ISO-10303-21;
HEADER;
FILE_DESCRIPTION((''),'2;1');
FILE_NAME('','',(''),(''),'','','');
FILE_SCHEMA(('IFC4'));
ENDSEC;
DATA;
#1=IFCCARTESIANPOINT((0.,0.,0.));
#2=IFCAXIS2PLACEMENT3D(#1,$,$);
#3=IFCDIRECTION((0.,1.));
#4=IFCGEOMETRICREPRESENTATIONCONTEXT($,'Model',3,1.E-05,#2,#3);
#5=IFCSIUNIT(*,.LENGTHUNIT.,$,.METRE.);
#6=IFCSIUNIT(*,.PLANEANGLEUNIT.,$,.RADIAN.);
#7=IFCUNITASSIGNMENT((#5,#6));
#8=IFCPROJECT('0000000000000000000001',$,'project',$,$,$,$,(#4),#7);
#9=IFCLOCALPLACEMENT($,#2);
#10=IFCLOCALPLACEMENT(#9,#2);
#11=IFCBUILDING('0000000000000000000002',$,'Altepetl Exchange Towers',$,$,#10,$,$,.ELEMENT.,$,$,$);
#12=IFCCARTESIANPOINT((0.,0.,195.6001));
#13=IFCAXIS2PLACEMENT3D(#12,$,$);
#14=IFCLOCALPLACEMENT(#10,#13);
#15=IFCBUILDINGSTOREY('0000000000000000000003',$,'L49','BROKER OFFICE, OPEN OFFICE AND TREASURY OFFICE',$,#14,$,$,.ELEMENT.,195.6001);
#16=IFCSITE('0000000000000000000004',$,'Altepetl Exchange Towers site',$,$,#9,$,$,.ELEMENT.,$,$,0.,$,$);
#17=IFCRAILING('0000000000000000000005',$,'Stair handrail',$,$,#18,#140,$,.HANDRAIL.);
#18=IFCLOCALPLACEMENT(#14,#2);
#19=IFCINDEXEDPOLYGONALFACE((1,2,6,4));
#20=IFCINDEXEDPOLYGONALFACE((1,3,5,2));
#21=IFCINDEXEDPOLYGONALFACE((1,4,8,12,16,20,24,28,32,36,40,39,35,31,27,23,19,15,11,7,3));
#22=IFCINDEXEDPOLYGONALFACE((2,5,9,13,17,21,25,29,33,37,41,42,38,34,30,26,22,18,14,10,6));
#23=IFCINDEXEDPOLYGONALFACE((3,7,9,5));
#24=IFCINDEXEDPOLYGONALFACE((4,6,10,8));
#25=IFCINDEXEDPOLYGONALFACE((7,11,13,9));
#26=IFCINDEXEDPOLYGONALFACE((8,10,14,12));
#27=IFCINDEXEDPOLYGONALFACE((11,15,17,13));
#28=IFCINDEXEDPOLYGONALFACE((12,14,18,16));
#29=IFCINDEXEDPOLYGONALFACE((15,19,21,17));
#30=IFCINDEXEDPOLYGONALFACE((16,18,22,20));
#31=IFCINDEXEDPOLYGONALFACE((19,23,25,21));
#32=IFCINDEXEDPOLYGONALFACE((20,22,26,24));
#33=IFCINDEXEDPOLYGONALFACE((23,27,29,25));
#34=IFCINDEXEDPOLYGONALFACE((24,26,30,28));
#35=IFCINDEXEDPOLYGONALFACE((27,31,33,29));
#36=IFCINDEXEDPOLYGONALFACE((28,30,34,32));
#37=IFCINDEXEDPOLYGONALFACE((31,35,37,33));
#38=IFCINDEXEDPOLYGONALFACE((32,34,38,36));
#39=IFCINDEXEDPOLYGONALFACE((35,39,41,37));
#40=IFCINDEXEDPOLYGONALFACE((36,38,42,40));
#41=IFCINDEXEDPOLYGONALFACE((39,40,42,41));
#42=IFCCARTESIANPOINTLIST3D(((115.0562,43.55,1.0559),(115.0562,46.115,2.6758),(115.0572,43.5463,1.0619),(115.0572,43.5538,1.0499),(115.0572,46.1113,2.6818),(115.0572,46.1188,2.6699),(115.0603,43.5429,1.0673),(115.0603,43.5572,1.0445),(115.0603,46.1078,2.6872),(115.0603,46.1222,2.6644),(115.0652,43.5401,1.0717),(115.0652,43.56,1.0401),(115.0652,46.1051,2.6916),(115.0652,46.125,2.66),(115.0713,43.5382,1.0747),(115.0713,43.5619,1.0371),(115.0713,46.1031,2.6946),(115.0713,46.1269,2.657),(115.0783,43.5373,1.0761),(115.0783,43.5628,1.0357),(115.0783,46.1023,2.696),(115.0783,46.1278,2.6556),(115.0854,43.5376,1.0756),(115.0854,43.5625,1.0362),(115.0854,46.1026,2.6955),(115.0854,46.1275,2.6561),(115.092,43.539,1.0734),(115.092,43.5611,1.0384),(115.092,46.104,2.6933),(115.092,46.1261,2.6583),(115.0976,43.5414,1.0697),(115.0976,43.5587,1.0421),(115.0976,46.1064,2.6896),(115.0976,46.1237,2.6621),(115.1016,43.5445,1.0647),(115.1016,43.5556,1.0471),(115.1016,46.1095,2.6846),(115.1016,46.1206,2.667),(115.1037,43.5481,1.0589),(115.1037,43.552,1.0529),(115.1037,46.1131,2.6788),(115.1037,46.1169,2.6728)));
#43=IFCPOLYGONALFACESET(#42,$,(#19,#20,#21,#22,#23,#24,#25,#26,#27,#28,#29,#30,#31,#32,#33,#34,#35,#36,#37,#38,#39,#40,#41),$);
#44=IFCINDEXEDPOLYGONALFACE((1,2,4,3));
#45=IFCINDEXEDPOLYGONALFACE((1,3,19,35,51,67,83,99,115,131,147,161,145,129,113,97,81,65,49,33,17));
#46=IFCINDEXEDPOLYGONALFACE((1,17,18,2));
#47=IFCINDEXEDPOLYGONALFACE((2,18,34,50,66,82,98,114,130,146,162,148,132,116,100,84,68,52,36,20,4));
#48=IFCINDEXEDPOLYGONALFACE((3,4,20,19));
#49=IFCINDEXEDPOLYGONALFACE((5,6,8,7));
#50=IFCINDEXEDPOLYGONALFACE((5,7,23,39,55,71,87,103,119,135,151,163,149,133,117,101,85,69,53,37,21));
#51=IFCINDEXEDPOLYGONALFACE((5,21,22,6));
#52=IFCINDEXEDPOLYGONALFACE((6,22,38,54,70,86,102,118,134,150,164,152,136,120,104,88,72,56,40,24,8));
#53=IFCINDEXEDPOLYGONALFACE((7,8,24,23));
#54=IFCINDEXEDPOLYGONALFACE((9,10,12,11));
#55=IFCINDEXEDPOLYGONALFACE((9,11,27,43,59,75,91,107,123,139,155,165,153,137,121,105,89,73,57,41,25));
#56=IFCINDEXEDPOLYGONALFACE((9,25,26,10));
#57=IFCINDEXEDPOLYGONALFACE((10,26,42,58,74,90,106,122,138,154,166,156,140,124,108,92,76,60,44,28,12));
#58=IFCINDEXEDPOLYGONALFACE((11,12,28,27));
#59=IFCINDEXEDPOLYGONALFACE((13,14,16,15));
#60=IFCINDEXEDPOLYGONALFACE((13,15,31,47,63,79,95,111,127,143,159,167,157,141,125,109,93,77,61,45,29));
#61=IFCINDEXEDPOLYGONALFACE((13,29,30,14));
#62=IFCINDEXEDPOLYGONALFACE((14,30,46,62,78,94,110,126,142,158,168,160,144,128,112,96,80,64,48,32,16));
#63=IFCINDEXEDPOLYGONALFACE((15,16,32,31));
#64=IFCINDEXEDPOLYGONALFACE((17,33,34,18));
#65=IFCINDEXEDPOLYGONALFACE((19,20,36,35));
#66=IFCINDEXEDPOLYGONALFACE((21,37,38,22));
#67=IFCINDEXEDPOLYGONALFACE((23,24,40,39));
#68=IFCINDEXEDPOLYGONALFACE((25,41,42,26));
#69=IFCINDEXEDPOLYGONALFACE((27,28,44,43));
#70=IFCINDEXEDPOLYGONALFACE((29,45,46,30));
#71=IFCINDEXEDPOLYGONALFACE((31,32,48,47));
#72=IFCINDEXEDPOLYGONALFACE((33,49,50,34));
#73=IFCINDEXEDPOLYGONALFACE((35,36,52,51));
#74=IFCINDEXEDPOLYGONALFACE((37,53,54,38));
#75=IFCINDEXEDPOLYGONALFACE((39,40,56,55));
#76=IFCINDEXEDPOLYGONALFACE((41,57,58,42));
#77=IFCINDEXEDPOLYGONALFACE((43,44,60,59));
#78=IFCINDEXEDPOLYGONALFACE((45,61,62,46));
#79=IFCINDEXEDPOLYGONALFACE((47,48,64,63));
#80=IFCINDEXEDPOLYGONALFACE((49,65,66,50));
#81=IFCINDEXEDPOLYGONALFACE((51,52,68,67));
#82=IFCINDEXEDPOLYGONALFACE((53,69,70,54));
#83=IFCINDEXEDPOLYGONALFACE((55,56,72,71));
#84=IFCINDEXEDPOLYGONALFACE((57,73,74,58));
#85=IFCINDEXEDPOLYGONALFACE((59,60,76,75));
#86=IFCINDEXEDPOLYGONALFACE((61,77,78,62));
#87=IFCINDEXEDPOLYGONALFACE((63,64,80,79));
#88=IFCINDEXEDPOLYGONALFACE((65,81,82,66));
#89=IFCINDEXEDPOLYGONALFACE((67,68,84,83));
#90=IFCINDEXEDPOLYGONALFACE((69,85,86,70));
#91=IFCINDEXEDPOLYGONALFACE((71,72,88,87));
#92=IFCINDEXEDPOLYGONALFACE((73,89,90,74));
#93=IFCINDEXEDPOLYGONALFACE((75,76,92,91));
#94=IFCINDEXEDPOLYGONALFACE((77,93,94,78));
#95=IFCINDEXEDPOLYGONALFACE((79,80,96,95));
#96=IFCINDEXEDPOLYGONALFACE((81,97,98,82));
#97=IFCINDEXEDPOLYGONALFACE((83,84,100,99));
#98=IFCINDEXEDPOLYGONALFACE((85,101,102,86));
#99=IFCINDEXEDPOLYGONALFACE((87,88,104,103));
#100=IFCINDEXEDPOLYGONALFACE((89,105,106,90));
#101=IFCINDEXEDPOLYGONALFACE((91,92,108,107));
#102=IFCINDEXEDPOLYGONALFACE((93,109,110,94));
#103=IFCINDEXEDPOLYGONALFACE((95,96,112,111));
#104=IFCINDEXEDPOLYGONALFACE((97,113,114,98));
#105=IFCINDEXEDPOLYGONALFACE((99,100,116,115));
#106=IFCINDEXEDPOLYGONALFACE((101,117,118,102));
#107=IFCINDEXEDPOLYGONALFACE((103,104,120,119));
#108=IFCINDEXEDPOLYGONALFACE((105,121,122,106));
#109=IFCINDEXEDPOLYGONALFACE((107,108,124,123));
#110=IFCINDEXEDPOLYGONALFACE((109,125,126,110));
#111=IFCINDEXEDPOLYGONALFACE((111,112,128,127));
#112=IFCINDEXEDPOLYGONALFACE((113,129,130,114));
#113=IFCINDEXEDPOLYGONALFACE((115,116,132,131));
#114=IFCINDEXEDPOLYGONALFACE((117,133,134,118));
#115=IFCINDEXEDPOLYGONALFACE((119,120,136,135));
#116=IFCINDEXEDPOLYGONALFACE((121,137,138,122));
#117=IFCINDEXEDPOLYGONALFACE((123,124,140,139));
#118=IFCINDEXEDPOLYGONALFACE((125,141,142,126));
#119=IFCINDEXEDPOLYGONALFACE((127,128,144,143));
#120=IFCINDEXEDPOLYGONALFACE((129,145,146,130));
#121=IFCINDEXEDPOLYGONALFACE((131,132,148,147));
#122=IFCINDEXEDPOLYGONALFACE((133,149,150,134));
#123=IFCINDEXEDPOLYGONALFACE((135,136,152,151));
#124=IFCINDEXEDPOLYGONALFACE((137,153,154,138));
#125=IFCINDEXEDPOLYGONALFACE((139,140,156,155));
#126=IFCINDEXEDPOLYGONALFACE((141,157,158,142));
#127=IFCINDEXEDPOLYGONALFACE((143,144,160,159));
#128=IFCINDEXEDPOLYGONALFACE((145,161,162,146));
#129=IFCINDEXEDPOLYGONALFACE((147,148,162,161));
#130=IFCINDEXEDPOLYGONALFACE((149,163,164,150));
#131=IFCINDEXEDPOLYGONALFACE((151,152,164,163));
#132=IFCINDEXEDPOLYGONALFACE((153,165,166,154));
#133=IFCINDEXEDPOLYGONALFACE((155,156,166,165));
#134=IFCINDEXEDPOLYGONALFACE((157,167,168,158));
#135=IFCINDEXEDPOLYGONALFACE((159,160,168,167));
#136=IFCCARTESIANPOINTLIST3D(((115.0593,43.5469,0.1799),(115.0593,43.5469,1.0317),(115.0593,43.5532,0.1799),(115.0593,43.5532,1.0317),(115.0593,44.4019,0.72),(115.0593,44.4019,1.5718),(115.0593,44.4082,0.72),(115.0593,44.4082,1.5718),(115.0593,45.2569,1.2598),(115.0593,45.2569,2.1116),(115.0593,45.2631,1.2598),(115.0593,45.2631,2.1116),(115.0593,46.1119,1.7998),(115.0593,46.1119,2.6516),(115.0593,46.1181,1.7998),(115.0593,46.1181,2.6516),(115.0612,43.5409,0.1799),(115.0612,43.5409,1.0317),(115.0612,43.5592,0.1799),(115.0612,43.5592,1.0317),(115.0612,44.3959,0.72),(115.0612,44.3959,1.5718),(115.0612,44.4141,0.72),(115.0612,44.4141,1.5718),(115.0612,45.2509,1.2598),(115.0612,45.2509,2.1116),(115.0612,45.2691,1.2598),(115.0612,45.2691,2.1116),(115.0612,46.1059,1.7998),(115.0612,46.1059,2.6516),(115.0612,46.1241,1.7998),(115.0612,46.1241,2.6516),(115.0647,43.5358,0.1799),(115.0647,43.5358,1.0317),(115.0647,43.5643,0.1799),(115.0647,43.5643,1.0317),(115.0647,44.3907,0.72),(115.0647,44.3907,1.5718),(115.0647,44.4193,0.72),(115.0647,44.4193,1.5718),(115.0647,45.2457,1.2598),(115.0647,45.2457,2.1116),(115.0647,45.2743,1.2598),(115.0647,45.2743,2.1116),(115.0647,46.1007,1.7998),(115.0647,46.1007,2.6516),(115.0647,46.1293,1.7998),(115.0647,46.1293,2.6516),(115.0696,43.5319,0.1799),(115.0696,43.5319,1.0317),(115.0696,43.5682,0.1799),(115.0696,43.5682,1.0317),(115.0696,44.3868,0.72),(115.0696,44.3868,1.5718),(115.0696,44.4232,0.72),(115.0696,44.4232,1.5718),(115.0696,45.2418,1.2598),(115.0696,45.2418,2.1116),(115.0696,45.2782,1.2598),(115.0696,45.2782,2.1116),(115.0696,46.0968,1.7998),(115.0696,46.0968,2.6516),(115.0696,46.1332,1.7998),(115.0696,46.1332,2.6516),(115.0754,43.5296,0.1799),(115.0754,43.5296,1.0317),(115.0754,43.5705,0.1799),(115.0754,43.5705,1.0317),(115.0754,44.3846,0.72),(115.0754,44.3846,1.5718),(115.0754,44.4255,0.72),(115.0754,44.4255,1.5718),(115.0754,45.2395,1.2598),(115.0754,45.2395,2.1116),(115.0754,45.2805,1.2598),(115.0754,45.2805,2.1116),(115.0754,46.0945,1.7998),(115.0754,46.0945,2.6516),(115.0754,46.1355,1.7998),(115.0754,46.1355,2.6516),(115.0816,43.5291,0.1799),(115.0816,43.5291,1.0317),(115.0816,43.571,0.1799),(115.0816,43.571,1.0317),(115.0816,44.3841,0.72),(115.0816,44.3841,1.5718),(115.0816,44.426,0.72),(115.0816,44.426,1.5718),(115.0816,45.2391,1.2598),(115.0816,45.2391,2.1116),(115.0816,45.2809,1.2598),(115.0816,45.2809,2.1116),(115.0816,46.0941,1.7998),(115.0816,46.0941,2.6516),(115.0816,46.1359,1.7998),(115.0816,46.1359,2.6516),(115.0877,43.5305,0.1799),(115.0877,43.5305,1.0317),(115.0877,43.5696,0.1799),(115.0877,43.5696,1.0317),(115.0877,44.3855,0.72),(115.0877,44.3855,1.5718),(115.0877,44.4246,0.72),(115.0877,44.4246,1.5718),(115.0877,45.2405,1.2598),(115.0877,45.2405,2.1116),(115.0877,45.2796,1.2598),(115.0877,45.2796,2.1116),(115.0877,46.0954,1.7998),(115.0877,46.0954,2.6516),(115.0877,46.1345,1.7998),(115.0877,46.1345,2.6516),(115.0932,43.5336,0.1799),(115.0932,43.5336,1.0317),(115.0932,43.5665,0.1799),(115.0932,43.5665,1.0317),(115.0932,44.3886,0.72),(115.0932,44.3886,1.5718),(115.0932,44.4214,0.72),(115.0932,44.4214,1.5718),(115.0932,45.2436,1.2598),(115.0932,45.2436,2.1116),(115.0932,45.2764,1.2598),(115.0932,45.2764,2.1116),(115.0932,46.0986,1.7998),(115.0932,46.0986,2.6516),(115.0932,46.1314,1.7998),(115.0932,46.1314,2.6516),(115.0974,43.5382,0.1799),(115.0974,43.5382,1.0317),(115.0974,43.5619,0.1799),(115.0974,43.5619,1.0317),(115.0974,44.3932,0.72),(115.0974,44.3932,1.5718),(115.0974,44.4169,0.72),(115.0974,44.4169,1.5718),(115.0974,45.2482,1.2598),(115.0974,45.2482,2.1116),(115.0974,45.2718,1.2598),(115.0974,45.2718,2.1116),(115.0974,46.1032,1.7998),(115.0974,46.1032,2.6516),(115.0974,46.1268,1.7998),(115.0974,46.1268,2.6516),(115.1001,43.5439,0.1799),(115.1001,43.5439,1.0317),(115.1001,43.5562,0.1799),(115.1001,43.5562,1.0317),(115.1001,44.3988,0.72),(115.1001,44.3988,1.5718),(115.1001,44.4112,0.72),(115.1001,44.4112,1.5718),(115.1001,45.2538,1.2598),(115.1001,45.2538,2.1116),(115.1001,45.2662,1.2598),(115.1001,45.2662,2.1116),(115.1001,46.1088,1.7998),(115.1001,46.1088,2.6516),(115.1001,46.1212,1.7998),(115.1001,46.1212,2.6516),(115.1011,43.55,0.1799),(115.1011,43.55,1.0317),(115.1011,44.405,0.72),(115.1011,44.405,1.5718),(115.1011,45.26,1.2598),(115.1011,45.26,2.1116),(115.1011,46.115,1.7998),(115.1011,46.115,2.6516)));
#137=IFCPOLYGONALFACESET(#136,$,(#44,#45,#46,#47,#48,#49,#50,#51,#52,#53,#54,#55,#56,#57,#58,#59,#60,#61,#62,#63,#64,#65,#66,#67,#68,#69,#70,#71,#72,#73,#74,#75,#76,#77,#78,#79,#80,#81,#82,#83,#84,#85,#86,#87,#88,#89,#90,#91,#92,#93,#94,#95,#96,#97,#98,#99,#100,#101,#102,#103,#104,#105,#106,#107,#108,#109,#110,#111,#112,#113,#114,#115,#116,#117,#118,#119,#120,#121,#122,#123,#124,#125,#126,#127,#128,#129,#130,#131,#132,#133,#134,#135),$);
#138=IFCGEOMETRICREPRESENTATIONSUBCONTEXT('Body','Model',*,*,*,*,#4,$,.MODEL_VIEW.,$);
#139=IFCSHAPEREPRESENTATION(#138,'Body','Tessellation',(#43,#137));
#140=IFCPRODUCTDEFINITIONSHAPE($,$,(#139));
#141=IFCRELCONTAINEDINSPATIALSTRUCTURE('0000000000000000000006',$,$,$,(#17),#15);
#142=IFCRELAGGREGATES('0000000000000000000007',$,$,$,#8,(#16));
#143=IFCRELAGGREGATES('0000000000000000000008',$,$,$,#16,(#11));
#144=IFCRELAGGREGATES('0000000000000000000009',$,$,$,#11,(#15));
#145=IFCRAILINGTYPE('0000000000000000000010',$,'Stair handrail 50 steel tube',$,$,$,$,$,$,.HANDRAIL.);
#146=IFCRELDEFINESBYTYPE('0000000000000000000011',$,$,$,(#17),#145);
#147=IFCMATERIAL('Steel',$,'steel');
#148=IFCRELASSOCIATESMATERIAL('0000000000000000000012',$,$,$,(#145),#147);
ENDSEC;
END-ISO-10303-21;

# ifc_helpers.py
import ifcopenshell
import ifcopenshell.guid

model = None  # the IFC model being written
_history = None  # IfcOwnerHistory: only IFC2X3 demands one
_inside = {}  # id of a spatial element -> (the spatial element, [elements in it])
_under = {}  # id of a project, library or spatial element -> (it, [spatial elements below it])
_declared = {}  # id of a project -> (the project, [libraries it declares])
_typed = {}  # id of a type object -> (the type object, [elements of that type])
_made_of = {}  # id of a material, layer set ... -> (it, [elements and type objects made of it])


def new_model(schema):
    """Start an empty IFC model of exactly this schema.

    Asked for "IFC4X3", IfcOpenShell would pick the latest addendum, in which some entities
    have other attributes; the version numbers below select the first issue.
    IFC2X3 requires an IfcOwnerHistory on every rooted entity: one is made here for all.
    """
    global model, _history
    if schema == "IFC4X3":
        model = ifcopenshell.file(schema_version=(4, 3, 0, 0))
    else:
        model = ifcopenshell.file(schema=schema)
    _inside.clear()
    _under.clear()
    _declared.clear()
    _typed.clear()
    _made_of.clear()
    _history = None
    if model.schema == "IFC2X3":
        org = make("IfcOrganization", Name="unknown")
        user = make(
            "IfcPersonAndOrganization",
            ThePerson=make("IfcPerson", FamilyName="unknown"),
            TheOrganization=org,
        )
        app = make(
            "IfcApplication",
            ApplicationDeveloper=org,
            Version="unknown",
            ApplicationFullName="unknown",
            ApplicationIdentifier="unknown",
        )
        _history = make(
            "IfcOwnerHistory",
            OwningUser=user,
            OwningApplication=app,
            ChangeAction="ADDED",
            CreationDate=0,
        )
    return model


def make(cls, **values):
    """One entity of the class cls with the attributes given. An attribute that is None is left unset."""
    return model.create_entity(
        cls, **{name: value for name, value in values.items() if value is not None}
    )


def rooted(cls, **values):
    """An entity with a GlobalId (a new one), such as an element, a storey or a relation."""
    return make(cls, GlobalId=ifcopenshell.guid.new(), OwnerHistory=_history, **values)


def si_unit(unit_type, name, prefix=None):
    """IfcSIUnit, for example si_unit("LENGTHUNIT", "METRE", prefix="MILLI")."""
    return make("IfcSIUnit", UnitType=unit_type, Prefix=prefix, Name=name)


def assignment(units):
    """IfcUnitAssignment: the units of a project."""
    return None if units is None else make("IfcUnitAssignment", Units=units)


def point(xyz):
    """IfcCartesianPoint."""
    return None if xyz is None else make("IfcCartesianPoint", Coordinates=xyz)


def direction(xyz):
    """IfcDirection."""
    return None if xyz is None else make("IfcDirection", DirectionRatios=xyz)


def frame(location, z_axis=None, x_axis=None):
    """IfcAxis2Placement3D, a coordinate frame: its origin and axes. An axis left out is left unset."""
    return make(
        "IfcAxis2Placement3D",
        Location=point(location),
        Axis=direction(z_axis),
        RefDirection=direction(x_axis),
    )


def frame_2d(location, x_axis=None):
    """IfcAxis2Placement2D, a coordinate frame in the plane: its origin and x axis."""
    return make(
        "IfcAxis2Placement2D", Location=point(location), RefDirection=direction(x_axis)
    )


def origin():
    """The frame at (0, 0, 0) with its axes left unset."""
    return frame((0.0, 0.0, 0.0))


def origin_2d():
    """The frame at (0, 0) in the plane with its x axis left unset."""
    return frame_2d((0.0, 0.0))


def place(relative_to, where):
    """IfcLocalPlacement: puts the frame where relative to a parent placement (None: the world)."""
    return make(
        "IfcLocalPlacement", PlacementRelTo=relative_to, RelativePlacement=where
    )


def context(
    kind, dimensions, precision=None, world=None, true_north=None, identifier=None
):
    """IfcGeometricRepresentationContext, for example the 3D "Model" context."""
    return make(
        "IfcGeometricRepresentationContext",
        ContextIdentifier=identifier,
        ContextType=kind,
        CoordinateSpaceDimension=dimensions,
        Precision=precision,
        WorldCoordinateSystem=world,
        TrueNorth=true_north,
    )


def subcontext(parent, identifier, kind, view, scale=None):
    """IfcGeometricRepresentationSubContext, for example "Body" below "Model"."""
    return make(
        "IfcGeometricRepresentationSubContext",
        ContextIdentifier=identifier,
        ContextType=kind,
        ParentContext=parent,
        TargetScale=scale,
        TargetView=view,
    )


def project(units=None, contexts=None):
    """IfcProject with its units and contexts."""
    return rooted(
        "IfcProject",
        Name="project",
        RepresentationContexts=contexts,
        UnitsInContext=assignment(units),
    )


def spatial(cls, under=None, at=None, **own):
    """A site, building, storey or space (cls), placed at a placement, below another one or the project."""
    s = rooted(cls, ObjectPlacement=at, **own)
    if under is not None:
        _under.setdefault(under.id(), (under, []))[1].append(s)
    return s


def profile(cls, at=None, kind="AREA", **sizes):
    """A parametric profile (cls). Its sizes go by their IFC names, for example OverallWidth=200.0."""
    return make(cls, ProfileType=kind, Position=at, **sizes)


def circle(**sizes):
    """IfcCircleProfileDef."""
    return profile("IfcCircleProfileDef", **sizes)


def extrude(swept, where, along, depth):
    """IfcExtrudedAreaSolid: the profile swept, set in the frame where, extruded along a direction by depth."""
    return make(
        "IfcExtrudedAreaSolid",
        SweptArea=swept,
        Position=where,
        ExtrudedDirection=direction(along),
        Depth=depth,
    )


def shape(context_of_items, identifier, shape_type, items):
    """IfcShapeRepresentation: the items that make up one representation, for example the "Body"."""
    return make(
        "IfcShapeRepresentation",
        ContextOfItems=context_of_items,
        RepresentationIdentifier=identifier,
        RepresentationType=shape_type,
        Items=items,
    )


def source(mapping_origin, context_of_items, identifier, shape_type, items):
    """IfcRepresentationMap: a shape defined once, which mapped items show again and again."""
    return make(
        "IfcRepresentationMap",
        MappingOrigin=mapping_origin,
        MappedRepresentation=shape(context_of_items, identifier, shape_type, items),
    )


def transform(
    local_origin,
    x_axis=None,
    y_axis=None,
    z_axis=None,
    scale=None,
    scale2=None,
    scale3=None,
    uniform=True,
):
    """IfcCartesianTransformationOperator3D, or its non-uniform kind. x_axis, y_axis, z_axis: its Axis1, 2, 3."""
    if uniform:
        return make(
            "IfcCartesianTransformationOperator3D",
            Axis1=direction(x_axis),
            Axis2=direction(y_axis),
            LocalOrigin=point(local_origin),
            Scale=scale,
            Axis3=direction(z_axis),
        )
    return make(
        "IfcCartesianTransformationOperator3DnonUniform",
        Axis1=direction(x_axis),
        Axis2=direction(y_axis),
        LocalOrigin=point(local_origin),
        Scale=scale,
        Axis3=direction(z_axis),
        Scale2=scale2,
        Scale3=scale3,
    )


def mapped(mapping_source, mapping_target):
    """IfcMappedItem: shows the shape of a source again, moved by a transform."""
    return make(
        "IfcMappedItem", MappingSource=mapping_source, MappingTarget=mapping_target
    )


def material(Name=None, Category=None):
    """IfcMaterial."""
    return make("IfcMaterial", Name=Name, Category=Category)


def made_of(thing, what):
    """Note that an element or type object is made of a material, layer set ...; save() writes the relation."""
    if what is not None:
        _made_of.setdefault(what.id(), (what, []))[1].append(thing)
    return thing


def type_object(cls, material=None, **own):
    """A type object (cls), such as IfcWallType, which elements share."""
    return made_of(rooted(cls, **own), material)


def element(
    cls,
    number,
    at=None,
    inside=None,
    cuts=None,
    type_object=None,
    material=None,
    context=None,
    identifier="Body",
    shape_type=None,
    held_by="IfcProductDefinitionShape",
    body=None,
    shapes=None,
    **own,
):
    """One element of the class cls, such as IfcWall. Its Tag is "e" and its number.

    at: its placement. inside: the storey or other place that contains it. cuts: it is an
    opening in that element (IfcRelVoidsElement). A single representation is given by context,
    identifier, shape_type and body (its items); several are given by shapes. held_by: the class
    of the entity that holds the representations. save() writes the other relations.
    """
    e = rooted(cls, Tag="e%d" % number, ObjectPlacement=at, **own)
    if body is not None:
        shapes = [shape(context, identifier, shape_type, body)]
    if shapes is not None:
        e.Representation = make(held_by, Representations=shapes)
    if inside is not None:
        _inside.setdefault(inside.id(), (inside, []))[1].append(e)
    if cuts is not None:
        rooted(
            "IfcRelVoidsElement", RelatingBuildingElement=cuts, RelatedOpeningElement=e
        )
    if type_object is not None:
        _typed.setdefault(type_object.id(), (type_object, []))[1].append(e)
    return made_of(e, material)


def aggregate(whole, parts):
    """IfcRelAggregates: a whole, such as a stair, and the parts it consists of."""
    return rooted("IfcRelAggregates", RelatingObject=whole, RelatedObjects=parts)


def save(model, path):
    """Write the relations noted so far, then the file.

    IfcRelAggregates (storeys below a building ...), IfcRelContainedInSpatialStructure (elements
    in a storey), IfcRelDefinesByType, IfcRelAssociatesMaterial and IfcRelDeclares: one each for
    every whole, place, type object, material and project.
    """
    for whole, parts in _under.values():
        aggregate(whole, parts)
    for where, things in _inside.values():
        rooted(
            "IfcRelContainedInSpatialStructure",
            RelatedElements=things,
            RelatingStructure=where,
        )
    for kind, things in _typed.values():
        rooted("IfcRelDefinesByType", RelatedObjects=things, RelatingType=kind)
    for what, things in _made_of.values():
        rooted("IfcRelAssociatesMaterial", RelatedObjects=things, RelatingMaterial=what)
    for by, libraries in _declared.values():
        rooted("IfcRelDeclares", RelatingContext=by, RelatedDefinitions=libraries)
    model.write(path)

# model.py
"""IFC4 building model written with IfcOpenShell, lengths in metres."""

from ifc_helpers import new_model, si_unit, direction, frame, origin, origin_2d, place, context, subcontext, project, spatial, circle, extrude, source, transform, mapped, material, type_object, element, save


model = new_model("IFC4")

# Units and contexts
model_context = context("Model", 3, precision=1e-05, world=origin(), true_north=direction((0.0, 1.0)))
body_context = subcontext(model_context, "Body", "Model", "MODEL_VIEW")
ifc_project = project(units=[si_unit("LENGTHUNIT", "METRE"), si_unit("PLANEANGLEUNIT", "RADIAN")], contexts=[model_context])

# Site, building, storey
site_placement = place(None, origin())
site = spatial("IfcSite", under=ifc_project, at=site_placement, Name="Altepetl Exchange Towers site", CompositionType="ELEMENT", RefElevation=0.0)
building_placement = place(site_placement, origin())
building = spatial("IfcBuilding", under=site, at=building_placement, Name="Altepetl Exchange Towers", CompositionType="ELEMENT")
storey_placement = place(building_placement, frame((0.0, 0.0, 195.6001)))
storey = spatial("IfcBuildingStorey", under=building, at=storey_placement, Name="L49", Description="BROKER OFFICE, OPEN OFFICE AND TREASURY OFFICE", CompositionType="ELEMENT", Elevation=195.6001)

# Railing
ifc_material_1 = material(Name="Steel", Category="steel")
railing_type = type_object("IfcRailingType", Name="Stair handrail 50 steel tube", PredefinedType="HANDRAIL", material=ifc_material_1)
shared_shape = source(origin(), body_context, "Body", "SweptSolid", [
    extrude(circle(Radius=0.021, at=origin_2d()), origin(), (0.0, 0.0, 1.0), 0.8518),
])
railing_placement = place(storey_placement, frame((115.0801, 43.55, 0.1799)))
element("IfcRailing", 1, at=railing_placement, inside=storey, type_object=railing_type, Name="Stair handrail", PredefinedType="HANDRAIL", context=body_context, shape_type="SweptSolid", body=[
    extrude(circle(Radius=0.0239, at=origin_2d()), frame((0.0, 0.0, 0.876), z_axis=(0.0, 0.845502, 0.533972), x_axis=(-1.0, 0.0, 0.0)), (0.0, 0.0, 1.0), 3.0337),
    mapped(shared_shape, transform((0.0, 0.0, 0.0))),
    mapped(shared_shape, transform((0.0, 0.855, 0.54))),
    mapped(shared_shape, transform((0.0, 1.71, 1.0798))),
    mapped(shared_shape, transform((0.0, 2.5649, 1.6199))),
])

save(model, "model.ifc")
